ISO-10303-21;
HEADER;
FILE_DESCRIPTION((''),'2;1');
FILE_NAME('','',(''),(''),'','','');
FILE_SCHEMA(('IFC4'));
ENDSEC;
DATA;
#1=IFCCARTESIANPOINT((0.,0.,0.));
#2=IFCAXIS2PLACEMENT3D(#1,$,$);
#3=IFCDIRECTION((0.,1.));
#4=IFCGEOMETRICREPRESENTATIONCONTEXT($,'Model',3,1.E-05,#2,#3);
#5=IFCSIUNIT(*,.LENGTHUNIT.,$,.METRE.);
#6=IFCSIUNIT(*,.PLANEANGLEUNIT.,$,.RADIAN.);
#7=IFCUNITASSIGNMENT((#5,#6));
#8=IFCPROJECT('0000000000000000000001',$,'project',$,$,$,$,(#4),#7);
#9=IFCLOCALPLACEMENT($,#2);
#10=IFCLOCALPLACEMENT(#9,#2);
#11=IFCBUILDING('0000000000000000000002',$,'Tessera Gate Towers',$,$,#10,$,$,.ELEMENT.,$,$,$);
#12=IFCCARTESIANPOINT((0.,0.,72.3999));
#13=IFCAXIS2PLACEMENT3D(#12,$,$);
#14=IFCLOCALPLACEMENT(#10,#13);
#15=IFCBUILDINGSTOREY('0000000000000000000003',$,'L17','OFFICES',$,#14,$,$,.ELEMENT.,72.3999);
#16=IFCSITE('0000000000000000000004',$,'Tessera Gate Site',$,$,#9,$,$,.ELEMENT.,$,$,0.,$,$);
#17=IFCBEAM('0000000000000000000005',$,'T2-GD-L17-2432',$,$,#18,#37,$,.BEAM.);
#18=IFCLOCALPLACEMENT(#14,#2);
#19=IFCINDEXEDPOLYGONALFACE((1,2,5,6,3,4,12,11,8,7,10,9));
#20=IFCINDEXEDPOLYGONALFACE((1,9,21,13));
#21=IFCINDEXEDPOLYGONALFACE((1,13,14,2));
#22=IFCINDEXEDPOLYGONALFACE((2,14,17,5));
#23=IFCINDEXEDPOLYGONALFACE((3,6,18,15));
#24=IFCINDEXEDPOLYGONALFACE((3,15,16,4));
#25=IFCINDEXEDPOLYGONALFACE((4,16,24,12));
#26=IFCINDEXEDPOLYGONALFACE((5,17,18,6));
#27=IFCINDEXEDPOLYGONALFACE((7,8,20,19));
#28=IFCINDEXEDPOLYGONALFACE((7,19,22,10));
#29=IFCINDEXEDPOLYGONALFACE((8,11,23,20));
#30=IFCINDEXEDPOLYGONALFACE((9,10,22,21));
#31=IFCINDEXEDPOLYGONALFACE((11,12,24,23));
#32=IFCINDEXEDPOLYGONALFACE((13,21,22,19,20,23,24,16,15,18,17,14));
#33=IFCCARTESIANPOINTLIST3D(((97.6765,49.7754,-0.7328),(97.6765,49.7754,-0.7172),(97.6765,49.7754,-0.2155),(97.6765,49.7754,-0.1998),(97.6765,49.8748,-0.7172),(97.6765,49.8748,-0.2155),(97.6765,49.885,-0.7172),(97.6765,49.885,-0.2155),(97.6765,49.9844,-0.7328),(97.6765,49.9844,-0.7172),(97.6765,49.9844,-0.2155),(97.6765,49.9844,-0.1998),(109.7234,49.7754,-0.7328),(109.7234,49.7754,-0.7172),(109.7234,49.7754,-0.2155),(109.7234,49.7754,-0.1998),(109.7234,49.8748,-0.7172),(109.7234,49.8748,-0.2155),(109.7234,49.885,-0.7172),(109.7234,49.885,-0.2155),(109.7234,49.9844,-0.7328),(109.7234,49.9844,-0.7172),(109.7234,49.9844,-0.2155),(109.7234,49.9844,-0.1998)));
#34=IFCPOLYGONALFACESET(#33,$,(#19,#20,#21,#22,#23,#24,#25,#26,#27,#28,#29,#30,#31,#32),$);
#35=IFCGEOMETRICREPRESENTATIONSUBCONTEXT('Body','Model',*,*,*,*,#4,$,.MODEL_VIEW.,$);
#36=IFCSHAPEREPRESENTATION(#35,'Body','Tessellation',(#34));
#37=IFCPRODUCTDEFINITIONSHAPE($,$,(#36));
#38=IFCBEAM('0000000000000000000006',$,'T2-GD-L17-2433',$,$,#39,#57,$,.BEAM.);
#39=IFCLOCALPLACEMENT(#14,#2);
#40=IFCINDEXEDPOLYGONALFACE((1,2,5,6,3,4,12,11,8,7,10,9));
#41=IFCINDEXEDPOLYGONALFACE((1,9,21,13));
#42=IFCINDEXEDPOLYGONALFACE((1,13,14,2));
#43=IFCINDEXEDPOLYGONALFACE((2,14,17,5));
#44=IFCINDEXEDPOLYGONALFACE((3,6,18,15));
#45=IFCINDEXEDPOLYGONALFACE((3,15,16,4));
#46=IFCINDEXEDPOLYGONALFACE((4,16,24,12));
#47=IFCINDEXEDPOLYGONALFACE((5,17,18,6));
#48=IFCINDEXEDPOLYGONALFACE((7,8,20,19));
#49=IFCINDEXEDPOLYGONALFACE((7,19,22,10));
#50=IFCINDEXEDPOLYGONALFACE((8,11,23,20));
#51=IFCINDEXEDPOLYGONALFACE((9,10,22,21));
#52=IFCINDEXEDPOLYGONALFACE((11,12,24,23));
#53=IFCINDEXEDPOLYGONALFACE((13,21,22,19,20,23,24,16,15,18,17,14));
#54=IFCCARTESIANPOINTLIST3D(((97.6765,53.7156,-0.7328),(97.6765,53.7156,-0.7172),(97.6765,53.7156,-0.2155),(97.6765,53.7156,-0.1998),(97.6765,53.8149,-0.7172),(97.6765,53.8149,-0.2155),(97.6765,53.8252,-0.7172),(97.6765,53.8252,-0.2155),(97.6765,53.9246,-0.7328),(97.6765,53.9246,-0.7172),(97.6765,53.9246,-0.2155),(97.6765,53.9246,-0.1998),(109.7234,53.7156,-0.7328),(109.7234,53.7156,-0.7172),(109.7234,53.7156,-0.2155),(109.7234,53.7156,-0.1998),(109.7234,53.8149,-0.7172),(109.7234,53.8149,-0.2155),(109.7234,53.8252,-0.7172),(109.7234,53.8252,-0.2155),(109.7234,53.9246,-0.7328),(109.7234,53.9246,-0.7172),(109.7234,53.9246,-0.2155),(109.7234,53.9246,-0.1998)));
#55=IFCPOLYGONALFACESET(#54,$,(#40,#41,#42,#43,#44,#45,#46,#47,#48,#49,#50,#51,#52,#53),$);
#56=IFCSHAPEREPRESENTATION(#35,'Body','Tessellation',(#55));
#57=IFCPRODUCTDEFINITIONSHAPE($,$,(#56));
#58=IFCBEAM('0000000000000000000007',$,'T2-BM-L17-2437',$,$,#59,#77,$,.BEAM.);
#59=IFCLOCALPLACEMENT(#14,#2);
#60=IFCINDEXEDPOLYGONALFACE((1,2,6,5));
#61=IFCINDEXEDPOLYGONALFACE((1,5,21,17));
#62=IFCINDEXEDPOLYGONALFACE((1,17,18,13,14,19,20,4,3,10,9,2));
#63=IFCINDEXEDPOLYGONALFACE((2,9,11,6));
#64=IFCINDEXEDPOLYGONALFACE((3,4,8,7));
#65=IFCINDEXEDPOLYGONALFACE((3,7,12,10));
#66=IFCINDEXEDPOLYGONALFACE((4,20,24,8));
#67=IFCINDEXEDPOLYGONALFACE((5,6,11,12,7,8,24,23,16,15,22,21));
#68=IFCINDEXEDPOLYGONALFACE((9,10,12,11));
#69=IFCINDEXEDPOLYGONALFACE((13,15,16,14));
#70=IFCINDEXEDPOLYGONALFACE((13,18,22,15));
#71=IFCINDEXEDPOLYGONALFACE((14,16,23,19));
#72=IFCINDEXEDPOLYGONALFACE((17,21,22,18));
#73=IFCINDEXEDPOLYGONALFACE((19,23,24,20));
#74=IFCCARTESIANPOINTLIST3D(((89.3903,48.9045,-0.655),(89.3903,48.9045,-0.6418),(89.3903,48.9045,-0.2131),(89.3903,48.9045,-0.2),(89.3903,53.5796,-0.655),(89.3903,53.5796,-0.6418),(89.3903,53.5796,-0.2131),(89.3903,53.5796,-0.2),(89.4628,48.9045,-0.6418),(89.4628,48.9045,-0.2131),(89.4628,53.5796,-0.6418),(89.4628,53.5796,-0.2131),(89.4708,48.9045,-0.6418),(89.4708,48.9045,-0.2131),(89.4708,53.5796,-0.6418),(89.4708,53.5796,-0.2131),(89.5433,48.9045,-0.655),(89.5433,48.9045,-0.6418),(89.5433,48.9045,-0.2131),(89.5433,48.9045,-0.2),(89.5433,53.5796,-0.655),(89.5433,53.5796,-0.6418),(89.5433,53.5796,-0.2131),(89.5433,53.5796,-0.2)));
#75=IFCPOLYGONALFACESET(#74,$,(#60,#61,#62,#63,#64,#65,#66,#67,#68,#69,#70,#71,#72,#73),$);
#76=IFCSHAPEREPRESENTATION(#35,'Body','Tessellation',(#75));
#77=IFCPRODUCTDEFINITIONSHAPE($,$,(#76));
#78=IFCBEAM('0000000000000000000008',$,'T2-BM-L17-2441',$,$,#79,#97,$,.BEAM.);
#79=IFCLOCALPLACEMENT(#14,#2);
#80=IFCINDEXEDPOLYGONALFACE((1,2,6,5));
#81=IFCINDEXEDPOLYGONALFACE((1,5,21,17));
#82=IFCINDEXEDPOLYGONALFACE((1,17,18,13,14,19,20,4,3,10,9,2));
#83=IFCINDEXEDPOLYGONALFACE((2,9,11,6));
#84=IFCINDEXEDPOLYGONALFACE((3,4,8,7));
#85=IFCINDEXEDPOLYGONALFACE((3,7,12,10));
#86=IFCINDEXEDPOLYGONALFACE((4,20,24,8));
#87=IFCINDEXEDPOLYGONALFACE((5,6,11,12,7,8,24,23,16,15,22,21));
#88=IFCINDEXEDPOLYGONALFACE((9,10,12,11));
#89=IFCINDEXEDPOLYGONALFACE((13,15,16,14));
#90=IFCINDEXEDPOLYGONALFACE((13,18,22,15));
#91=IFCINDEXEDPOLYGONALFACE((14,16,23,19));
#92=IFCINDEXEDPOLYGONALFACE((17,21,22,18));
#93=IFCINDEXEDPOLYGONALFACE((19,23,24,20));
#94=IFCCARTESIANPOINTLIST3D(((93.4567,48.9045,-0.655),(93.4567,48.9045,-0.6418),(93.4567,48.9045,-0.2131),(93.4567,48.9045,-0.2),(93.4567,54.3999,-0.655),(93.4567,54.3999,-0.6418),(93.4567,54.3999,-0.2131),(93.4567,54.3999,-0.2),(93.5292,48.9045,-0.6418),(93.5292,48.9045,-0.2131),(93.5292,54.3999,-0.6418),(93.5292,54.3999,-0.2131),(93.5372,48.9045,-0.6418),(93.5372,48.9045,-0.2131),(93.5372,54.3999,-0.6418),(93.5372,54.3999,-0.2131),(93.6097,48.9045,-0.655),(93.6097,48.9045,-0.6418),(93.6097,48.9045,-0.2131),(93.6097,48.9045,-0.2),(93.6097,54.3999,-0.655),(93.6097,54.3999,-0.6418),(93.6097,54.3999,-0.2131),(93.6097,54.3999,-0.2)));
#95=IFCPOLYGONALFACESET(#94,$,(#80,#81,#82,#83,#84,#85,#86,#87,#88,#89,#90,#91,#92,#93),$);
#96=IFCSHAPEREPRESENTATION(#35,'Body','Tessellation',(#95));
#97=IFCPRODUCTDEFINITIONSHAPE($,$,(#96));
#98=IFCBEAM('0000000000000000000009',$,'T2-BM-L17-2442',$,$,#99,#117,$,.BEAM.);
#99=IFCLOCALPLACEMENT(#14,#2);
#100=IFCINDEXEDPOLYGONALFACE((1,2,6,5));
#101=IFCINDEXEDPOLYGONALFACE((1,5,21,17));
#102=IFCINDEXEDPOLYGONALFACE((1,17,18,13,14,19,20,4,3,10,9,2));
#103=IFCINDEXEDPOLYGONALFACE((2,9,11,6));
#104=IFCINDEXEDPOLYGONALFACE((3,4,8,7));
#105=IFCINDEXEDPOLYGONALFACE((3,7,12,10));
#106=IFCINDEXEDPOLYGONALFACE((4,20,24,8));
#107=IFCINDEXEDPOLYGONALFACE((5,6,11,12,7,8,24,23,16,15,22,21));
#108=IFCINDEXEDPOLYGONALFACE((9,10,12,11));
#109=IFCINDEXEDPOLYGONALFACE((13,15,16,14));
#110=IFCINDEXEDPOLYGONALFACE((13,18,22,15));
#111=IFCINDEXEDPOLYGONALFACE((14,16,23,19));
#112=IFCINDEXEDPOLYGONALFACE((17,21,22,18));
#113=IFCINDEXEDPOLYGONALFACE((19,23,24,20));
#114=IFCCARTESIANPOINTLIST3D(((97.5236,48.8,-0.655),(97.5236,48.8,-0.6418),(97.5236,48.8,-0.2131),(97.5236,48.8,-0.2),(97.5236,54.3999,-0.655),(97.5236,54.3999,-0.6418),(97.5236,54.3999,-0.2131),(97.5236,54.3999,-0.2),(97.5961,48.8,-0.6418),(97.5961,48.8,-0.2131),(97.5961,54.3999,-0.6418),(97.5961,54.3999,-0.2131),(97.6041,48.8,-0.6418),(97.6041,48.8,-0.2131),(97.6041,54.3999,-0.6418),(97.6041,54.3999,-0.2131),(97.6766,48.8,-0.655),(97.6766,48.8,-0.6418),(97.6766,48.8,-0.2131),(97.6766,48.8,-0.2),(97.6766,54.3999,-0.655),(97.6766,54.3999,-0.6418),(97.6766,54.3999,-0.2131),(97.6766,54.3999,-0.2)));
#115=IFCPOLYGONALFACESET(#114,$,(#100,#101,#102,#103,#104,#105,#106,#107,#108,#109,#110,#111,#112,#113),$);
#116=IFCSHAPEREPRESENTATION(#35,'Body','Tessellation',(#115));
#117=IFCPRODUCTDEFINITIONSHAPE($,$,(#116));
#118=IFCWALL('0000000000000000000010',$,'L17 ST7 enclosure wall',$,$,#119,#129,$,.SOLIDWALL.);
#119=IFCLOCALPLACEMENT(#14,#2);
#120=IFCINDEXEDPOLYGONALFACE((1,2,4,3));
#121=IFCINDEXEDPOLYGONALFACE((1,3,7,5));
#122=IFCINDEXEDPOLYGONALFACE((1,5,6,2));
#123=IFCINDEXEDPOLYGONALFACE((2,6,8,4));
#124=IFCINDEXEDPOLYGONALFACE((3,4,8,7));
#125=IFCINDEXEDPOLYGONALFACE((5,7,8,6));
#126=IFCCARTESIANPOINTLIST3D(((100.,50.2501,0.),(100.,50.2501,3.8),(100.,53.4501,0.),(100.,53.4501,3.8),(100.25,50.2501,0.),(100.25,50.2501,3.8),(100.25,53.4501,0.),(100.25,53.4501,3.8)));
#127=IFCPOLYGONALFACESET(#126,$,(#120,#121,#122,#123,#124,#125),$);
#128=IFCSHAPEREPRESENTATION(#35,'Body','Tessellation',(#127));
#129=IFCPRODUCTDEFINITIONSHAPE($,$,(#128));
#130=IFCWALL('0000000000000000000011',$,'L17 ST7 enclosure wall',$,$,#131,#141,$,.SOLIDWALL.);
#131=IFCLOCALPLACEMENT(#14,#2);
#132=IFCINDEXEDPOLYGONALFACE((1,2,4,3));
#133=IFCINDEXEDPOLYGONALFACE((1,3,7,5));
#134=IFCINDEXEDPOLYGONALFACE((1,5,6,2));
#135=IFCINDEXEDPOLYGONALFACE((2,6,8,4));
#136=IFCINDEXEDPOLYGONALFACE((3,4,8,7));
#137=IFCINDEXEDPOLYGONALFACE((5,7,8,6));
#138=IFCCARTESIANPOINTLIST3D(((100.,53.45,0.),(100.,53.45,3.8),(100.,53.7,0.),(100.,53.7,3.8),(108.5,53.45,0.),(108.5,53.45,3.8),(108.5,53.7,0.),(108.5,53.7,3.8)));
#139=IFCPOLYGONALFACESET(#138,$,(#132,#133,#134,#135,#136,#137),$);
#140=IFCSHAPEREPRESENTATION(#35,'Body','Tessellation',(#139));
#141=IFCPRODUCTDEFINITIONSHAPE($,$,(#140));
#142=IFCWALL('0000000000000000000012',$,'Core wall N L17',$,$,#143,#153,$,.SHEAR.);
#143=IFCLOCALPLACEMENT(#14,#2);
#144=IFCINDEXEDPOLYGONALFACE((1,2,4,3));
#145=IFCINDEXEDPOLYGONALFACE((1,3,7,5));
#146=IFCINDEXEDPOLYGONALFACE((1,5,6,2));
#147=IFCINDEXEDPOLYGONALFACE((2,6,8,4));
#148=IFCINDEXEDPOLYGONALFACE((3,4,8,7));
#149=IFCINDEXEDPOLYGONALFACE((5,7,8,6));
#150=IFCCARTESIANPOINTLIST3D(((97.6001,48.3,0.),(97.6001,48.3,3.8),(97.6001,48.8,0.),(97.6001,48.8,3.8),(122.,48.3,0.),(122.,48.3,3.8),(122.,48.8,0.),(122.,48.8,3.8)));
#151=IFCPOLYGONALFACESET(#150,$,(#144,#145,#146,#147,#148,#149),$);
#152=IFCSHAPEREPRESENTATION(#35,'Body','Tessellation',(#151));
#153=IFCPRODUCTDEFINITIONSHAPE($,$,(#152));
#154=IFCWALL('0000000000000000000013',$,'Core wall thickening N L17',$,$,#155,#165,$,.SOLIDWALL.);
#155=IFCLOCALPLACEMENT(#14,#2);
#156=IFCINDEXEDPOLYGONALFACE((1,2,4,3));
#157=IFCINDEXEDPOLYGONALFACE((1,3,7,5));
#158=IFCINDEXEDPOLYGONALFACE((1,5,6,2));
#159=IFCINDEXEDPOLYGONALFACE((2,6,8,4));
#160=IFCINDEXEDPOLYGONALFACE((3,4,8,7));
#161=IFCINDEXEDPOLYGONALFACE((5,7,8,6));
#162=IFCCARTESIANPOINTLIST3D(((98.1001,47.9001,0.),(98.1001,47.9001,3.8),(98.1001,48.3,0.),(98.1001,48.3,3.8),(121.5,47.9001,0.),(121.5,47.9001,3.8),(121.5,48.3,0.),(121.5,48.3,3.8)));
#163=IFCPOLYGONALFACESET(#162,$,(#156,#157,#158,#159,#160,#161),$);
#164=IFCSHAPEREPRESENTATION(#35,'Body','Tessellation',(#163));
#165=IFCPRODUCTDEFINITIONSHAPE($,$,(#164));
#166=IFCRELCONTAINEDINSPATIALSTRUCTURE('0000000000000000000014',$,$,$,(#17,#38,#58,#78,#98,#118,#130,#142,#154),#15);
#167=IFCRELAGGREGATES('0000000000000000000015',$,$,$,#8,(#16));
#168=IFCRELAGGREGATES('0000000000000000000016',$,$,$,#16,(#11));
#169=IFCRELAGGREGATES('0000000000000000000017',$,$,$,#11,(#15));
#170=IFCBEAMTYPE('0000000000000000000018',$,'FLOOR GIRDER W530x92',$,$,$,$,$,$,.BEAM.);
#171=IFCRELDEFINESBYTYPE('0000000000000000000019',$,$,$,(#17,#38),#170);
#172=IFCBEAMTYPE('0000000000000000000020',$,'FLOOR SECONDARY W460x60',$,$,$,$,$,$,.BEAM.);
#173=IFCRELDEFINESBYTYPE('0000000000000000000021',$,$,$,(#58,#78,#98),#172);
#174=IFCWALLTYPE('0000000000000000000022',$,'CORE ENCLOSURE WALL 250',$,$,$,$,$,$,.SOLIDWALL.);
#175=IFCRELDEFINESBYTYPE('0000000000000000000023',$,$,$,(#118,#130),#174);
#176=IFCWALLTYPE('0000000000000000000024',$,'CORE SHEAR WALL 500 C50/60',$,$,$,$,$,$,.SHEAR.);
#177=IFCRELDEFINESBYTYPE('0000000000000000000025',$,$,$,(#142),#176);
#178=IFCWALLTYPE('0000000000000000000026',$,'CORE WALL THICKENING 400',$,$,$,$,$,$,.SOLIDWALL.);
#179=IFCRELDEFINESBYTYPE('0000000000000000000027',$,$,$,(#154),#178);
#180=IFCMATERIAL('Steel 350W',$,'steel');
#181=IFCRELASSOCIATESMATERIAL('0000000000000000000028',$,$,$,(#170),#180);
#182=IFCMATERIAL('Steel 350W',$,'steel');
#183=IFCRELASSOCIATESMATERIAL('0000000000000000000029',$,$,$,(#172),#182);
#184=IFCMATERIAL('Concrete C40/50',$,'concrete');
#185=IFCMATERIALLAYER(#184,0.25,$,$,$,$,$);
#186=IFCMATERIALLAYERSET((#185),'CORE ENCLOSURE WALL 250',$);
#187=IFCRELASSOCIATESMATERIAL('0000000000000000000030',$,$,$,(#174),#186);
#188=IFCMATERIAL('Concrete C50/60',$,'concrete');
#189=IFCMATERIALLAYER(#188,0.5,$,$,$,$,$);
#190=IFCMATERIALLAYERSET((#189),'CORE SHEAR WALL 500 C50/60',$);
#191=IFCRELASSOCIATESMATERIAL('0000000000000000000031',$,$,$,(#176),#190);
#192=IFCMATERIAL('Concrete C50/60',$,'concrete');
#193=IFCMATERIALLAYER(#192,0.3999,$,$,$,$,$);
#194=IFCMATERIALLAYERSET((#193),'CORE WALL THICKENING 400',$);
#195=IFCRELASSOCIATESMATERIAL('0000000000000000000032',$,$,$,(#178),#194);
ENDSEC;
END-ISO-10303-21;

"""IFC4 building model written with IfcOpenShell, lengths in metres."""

from ifc_helpers import new_model, si_unit, direction, frame, frame_2d, origin, origin_2d, place, context, subcontext, project, spatial, rectangle, i_section, extrude, material, layer, layer_set, material_profile, profile_set, type_object, element, save


model = new_model("IFC4")

# Units and contexts
model_context = context("Model", 3, precision=1e-05, world=origin(), true_north=direction((0.0, 1.0)))
body_context = subcontext(model_context, "Body", "Model", "MODEL_VIEW")
ifc_project = project(units=[si_unit("LENGTHUNIT", "METRE"), si_unit("PLANEANGLEUNIT", "RADIAN")], contexts=[model_context])

# Site, building, storey
site_placement = place(None, origin())
site = spatial("IfcSite", under=ifc_project, at=site_placement, Name="Tessera Gate Site", CompositionType="ELEMENT", RefElevation=0.0)
building_placement = place(site_placement, origin())
building = spatial("IfcBuilding", under=site, at=building_placement, Name="Tessera Gate Towers", CompositionType="ELEMENT")
storey_placement = place(building_placement, frame((0.0, 0.0, 72.3999)))
storey = spatial("IfcBuildingStorey", under=building, at=storey_placement, Name="L17", Description="OFFICES", CompositionType="ELEMENT", Elevation=72.3999)

# Beams
ifc_material_1 = material(Name="Steel 350W", Category="steel")
ifc_material_profile_1 = material_profile(ifc_material_1, i_section(OverallWidth=0.209, OverallDepth=0.533, WebThickness=0.0103, FlangeThickness=0.0156, at=origin_2d()), Name="W530x92")
ifc_profile_set_1 = profile_set([ifc_material_profile_1], Name="Steel 350W")
beam_type_1 = type_object("IfcBeamType", Name="FLOOR GIRDER W530x92", PredefinedType="BEAM", material=ifc_profile_set_1)
for number, where, z_axis, x_axis, name in (
    (1, (97.6765, 49.8799, -0.4663), (1.0, 0.0, 0.0), (0.0, 1.0, 0.0), "T2-GD-L17-2432"),
    (2, (97.6765, 53.8201, -0.4663), (1.0, 0.0, 0.0), (0.0, 1.0, 0.0), "T2-GD-L17-2433"),
):
    element("IfcBeam", number, at=place(storey_placement, frame(where, z_axis=z_axis, x_axis=x_axis)), inside=storey, type_object=beam_type_1, Name=name, PredefinedType="BEAM", context=body_context, shape_type="SweptSolid", body=[
        extrude(i_section(OverallWidth=0.209, OverallDepth=0.533, WebThickness=0.0103, FlangeThickness=0.0156, at=origin_2d()), origin(), (0.0, 0.0, 1.0), 12.0469),
    ])
ifc_material_2 = material(Name="Steel 350W", Category="steel")
ifc_material_profile_2 = material_profile(ifc_material_2, i_section(OverallWidth=0.1531, OverallDepth=0.4551, WebThickness=0.0081, FlangeThickness=0.0132, at=origin_2d()), Name="W460x60")
ifc_profile_set_2 = profile_set([ifc_material_profile_2], Name="Steel 350W")
beam_type_2 = type_object("IfcBeamType", Name="FLOOR SECONDARY W460x60", PredefinedType="BEAM", material=ifc_profile_set_2)
beam_1_placement = place(storey_placement, frame((89.4668, 48.9045, -0.4275), z_axis=(0.0, 1.0, 0.0), x_axis=(-1.0, 0.0, 0.0)))
element("IfcBeam", 3, at=beam_1_placement, inside=storey, type_object=beam_type_2, Name="T2-BM-L17-2437", PredefinedType="BEAM", context=body_context, shape_type="SweptSolid", body=[
    extrude(i_section(OverallWidth=0.1531, OverallDepth=0.4551, WebThickness=0.0081, FlangeThickness=0.0132, at=origin_2d()), origin(), (0.0, 0.0, 1.0), 4.675),
])
beam_2_placement = place(storey_placement, frame((93.5332, 48.9045, -0.4275), z_axis=(0.0, 1.0, 0.0), x_axis=(-1.0, 0.0, 0.0)))
element("IfcBeam", 4, at=beam_2_placement, inside=storey, type_object=beam_type_2, Name="T2-BM-L17-2441", PredefinedType="BEAM", context=body_context, shape_type="SweptSolid", body=[
    extrude(i_section(OverallWidth=0.1531, OverallDepth=0.4551, WebThickness=0.0081, FlangeThickness=0.0132, at=origin_2d()), origin(), (0.0, 0.0, 1.0), 5.4954),
])
beam_3_placement = place(storey_placement, frame((97.6001, 48.8, -0.4275), z_axis=(0.0, 1.0, 0.0), x_axis=(-1.0, 0.0, 0.0)))
element("IfcBeam", 5, at=beam_3_placement, inside=storey, type_object=beam_type_2, Name="T2-BM-L17-2442", PredefinedType="BEAM", context=body_context, shape_type="SweptSolid", body=[
    extrude(i_section(OverallWidth=0.1531, OverallDepth=0.4551, WebThickness=0.0081, FlangeThickness=0.0132, at=origin_2d()), origin(), (0.0, 0.0, 1.0), 5.5999),
])

# Walls
ifc_material_3 = material(Name="Concrete C40/50", Category="concrete")
ifc_layer_1 = layer(ifc_material_3, 0.25)
ifc_layer_set_1 = layer_set([ifc_layer_1], Name="CORE ENCLOSURE WALL 250")
wall_type_1 = type_object("IfcWallType", Name="CORE ENCLOSURE WALL 250", PredefinedType="SOLIDWALL", material=ifc_layer_set_1)
wall_1_placement = place(storey_placement, frame((100.125, 50.25, 0.0), z_axis=(0.0, 0.0, 1.0), x_axis=(0.0, 1.0, 0.0)))
element("IfcWall", 6, at=wall_1_placement, inside=storey, type_object=wall_type_1, Name="L17 ST7 enclosure wall", PredefinedType="SOLIDWALL", context=body_context, shape_type="SweptSolid", body=[
    extrude(rectangle(XDim=3.2, YDim=0.25, at=frame_2d((1.6001, 0.0))), origin(), (0.0, 0.0, 1.0), 3.8),
])
wall_2_placement = place(storey_placement, frame((100.0, 53.575, 0.0), z_axis=(0.0, 0.0, 1.0), x_axis=(1.0, 0.0, 0.0)))
element("IfcWall", 7, at=wall_2_placement, inside=storey, type_object=wall_type_1, Name="L17 ST7 enclosure wall", PredefinedType="SOLIDWALL", context=body_context, shape_type="SweptSolid", body=[
    extrude(rectangle(XDim=8.5, YDim=0.25, at=frame_2d((4.25, 0.0))), origin(), (0.0, 0.0, 1.0), 3.8),
])
ifc_material_4 = material(Name="Concrete C50/60", Category="concrete")
ifc_layer_2 = layer(ifc_material_4, 0.5)
ifc_layer_set_2 = layer_set([ifc_layer_2], Name="CORE SHEAR WALL 500 C50/60")
wall_type_2 = type_object("IfcWallType", Name="CORE SHEAR WALL 500 C50/60", PredefinedType="SHEAR", material=ifc_layer_set_2)
wall_3_placement = place(storey_placement, frame((97.6001, 48.55, 0.0), z_axis=(0.0, 0.0, 1.0), x_axis=(1.0, 0.0, 0.0)))
element("IfcWall", 8, at=wall_3_placement, inside=storey, type_object=wall_type_2, Name="Core wall N L17", PredefinedType="SHEAR", context=body_context, shape_type="SweptSolid", body=[
    extrude(rectangle(XDim=24.3999, YDim=0.5, at=frame_2d((12.2, 0.0))), origin(), (0.0, 0.0, 1.0), 3.8),
])
ifc_material_5 = material(Name="Concrete C50/60", Category="concrete")
ifc_layer_3 = layer(ifc_material_5, 0.3999)
ifc_layer_set_3 = layer_set([ifc_layer_3], Name="CORE WALL THICKENING 400")
wall_type_3 = type_object("IfcWallType", Name="CORE WALL THICKENING 400", PredefinedType="SOLIDWALL", material=ifc_layer_set_3)
wall_4_placement = place(storey_placement, frame((98.1001, 48.1001, 0.0), z_axis=(0.0, 0.0, 1.0), x_axis=(1.0, 0.0, 0.0)))
element("IfcWall", 9, at=wall_4_placement, inside=storey, type_object=wall_type_3, Name="Core wall thickening N L17", PredefinedType="SOLIDWALL", context=body_context, shape_type="SweptSolid", body=[
    extrude(rectangle(XDim=23.3999, YDim=0.3999, at=frame_2d((11.7, 0.0))), origin(), (0.0, 0.0, 1.0), 3.8),
])

save(model, "model.ifc")
